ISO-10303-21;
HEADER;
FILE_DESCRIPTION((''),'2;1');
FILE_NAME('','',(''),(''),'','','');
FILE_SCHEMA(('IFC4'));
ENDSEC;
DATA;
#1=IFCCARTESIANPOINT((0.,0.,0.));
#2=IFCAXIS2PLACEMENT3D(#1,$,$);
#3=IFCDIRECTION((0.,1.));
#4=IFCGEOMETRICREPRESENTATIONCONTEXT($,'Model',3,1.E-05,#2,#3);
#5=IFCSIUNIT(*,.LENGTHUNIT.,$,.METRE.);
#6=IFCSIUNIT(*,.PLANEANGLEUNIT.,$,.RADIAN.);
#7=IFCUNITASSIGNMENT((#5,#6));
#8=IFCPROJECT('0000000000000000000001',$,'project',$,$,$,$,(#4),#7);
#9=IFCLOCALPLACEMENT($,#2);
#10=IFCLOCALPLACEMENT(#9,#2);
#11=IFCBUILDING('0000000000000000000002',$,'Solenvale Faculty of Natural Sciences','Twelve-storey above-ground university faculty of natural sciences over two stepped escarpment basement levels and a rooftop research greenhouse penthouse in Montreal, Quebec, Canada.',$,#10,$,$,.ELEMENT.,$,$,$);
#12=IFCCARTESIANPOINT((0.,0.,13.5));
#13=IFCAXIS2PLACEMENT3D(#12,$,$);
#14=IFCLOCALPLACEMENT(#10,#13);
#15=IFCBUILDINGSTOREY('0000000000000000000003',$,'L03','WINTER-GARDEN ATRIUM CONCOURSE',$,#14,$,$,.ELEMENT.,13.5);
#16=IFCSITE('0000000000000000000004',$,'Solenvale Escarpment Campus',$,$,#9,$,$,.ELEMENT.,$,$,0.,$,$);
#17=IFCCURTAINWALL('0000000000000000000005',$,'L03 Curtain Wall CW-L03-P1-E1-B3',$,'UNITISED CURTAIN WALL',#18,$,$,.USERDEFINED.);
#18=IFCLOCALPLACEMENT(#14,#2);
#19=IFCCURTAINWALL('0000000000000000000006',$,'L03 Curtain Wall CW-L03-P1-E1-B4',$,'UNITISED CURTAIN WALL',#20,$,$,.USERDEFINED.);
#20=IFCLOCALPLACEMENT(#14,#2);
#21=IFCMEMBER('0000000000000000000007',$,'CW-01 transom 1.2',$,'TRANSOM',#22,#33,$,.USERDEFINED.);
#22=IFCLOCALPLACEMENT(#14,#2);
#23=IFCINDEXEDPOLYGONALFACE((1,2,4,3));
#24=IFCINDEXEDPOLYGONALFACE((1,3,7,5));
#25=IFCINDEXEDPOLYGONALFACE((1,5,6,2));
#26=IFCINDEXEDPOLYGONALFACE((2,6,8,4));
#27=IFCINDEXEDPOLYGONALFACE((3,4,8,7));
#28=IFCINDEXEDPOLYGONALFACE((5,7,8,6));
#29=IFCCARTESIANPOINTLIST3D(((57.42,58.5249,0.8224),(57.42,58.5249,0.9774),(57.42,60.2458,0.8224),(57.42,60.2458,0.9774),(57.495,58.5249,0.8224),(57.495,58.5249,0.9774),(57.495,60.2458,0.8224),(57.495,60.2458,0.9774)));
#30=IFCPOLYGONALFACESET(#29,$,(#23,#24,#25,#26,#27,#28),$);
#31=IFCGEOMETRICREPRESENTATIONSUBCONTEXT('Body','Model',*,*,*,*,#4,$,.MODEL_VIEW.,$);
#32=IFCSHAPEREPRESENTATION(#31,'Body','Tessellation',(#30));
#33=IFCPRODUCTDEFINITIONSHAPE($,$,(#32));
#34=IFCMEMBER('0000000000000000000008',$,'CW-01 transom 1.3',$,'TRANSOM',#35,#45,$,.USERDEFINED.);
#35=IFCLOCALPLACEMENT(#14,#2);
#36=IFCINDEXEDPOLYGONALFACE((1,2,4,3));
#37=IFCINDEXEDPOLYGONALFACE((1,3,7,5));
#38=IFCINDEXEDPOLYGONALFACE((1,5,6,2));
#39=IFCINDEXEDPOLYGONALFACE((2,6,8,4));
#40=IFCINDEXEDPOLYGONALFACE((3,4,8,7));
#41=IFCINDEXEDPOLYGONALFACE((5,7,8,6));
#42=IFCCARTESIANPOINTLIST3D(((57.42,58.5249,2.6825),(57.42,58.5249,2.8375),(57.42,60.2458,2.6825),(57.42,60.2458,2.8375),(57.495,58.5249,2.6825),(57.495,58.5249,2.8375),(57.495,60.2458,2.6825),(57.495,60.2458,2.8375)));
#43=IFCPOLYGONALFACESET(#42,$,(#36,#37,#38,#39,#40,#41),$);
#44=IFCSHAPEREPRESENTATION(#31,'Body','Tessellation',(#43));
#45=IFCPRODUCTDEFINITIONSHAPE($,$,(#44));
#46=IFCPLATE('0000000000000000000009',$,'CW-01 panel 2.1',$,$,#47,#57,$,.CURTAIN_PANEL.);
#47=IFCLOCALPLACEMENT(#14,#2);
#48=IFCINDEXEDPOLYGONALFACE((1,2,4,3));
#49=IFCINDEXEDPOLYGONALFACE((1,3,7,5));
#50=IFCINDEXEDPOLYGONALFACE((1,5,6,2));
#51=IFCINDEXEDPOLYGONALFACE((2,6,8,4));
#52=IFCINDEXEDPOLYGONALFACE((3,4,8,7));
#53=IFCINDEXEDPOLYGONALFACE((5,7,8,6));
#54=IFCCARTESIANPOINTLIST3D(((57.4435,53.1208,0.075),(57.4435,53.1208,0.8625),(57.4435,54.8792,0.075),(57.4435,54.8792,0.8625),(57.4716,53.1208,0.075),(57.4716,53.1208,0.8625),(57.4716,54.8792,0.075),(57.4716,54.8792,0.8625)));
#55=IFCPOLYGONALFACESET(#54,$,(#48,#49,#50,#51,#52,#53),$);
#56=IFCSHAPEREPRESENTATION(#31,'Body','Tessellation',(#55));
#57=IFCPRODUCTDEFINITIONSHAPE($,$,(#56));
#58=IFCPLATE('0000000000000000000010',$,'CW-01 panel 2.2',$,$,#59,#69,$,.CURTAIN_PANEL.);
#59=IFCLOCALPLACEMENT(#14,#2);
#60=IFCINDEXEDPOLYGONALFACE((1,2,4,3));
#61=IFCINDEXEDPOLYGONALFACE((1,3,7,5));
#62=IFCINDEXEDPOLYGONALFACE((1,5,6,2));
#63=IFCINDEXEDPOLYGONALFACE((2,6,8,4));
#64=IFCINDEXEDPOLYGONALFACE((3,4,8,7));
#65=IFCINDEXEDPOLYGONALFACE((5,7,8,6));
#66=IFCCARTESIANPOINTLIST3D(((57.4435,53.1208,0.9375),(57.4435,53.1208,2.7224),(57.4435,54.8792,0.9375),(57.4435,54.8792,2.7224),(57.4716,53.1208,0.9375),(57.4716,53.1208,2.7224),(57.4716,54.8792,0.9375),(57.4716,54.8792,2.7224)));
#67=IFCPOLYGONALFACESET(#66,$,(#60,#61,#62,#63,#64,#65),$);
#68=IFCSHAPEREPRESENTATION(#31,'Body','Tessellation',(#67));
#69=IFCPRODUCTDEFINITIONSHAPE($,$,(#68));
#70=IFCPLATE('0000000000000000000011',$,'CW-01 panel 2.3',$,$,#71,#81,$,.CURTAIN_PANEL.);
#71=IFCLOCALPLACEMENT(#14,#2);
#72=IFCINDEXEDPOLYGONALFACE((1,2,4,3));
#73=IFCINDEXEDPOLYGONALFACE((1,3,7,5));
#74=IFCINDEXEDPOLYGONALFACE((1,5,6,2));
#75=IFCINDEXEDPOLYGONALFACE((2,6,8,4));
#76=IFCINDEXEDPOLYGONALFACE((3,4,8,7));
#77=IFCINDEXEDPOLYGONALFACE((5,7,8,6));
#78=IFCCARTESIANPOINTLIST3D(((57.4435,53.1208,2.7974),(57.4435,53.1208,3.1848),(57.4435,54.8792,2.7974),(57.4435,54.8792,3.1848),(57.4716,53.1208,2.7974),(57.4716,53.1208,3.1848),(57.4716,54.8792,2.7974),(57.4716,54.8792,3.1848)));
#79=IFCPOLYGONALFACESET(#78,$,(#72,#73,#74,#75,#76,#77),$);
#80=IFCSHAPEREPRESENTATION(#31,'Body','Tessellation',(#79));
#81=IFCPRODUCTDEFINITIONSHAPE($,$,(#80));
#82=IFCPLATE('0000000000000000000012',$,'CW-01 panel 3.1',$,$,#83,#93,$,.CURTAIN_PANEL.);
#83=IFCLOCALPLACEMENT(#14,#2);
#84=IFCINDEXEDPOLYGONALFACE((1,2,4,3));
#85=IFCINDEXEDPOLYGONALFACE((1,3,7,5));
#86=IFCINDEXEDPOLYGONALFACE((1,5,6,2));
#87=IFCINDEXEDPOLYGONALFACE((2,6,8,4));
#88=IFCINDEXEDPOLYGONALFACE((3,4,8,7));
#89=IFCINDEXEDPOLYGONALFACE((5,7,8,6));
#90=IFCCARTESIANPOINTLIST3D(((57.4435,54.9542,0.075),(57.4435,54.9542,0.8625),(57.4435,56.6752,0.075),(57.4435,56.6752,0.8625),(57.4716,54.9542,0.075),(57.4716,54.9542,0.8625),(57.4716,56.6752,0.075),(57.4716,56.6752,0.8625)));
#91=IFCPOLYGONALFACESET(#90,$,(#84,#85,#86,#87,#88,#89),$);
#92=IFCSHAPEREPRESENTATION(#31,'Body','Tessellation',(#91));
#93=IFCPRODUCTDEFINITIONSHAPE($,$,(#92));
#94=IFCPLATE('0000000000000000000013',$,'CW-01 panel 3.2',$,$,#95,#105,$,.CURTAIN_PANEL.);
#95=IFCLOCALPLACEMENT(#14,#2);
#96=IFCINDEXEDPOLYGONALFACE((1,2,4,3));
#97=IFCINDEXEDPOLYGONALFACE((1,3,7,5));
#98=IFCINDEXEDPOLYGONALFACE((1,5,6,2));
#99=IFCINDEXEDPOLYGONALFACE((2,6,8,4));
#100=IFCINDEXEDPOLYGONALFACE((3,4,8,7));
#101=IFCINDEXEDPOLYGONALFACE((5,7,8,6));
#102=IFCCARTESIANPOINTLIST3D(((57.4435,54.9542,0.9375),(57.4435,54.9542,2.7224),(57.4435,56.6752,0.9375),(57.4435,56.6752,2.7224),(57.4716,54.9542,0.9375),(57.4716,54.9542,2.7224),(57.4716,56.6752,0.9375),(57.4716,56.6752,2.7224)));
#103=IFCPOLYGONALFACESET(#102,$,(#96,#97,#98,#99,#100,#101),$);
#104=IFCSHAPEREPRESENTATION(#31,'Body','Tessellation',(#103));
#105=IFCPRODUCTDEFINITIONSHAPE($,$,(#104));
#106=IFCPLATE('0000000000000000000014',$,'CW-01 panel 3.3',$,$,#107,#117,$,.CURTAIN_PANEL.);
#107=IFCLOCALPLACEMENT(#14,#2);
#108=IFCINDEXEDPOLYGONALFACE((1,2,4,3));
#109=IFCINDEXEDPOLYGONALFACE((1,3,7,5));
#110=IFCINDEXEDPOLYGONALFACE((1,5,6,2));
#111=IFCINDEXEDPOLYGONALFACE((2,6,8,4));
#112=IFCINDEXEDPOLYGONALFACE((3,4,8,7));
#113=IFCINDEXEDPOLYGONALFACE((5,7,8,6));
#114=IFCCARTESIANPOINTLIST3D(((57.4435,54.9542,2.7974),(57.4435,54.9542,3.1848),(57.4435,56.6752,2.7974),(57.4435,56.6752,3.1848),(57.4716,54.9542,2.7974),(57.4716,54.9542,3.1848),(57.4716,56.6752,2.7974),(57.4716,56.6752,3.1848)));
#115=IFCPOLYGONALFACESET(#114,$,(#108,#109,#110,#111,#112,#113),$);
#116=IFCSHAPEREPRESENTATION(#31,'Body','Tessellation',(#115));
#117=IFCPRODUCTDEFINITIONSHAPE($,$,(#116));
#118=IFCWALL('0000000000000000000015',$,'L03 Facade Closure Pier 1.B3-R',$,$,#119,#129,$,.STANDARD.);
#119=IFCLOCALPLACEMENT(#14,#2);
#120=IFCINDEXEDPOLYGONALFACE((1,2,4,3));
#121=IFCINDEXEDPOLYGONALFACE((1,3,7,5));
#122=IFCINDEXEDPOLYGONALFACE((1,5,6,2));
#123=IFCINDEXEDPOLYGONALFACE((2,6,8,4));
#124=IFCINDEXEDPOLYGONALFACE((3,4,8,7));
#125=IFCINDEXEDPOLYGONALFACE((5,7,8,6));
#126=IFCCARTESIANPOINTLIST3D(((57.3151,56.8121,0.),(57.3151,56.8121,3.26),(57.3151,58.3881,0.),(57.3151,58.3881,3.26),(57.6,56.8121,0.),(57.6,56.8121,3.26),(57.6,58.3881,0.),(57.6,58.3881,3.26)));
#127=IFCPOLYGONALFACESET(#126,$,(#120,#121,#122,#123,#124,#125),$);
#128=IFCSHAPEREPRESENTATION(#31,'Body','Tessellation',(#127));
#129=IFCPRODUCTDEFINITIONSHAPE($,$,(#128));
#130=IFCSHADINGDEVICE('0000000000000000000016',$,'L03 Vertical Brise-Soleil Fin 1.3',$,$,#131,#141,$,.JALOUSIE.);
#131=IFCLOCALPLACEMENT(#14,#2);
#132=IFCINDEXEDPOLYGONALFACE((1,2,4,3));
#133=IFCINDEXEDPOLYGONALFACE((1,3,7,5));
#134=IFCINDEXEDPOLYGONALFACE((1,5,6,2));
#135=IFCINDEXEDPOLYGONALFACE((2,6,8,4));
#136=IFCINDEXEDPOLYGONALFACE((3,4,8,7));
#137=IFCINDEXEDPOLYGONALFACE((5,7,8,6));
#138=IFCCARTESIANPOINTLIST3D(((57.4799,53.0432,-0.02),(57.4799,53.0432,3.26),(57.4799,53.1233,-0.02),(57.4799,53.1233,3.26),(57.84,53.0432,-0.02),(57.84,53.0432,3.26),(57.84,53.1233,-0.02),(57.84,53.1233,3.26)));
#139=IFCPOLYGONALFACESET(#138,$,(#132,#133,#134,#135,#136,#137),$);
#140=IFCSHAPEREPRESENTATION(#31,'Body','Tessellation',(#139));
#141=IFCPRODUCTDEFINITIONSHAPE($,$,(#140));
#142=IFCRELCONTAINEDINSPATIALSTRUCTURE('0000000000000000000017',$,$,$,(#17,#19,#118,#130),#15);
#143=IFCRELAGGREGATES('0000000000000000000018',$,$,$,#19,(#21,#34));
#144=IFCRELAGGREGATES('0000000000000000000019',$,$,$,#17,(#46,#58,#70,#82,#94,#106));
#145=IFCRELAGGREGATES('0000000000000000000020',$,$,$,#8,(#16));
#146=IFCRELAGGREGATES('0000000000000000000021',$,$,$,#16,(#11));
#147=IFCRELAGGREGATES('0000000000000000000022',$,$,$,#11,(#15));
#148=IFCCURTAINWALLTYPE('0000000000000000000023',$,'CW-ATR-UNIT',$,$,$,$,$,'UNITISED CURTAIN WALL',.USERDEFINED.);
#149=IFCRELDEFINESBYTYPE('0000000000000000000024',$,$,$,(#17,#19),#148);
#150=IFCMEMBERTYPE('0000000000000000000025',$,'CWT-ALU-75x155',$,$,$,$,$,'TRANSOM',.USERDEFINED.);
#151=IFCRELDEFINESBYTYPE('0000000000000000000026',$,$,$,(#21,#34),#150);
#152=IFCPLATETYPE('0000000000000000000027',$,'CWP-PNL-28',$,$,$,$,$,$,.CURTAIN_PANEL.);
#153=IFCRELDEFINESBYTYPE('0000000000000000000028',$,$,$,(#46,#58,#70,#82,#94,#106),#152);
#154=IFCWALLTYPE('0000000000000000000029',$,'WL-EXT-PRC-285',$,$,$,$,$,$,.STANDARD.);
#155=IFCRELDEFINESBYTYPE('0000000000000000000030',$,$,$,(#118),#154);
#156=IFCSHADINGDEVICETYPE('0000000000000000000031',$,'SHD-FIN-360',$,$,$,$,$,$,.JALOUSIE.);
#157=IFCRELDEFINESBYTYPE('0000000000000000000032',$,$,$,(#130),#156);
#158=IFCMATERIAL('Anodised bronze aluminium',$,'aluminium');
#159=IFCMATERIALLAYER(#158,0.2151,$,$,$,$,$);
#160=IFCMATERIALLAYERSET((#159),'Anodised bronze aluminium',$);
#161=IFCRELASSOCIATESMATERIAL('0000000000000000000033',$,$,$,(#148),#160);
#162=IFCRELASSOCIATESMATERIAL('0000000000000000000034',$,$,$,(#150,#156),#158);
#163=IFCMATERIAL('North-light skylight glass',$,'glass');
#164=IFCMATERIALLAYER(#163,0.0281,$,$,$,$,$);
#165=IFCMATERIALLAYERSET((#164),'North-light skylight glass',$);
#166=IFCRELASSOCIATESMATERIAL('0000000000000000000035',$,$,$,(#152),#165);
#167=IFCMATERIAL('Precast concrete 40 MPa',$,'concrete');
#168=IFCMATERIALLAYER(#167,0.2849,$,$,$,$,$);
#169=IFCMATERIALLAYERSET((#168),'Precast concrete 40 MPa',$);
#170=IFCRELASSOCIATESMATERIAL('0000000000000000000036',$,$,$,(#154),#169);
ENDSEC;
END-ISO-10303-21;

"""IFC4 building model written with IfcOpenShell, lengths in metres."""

from ifc_helpers import new_model, si_unit, direction, frame, frame_2d, origin, origin_2d, place, context, subcontext, project, spatial, rectangle, extrude, material, layer, layer_set, material_profile, profile_set, type_object, element, aggregate, save


model = new_model("IFC4")

# Units and contexts
model_context = context("Model", 3, precision=1e-05, world=origin(), true_north=direction((0.0, 1.0)))
body_context = subcontext(model_context, "Body", "Model", "MODEL_VIEW")
ifc_project = project(units=[si_unit("LENGTHUNIT", "METRE"), si_unit("PLANEANGLEUNIT", "RADIAN")], contexts=[model_context])

# Site, building, storey
site_placement = place(None, origin())
site = spatial("IfcSite", under=ifc_project, at=site_placement, Name="Solenvale Escarpment Campus", CompositionType="ELEMENT", RefElevation=0.0)
building_placement = place(site_placement, origin())
building = spatial("IfcBuilding", under=site, at=building_placement, Name="Solenvale Faculty of Natural Sciences", Description="Twelve-storey above-ground university faculty of natural sciences over two stepped escarpment basement levels and a rooftop research greenhouse penthouse in Montreal, Quebec, Canada.", CompositionType="ELEMENT")
storey_placement = place(building_placement, frame((0.0, 0.0, 13.5)))
storey = spatial("IfcBuildingStorey", under=building, at=storey_placement, Name="L03", Description="WINTER-GARDEN ATRIUM CONCOURSE", CompositionType="ELEMENT", Elevation=13.5)

# Curtain wall
ifc_material_1 = material(Name="Anodised bronze aluminium", Category="aluminium")
ifc_layer_1 = layer(ifc_material_1, 0.2151)
ifc_layer_set_1 = layer_set([ifc_layer_1], Name="Anodised bronze aluminium")
curtain_wall_type = type_object("IfcCurtainWallType", Name="CW-ATR-UNIT", ElementType="UNITISED CURTAIN WALL", PredefinedType="USERDEFINED", material=ifc_layer_set_1)
curtain_wall_1_placement = place(storey_placement, origin())
curtain_wall_1 = element("IfcCurtainWall", 1, at=curtain_wall_1_placement, inside=storey, type_object=curtain_wall_type, Name="L03 Curtain Wall CW-L03-P1-E1-B3", ObjectType="UNITISED CURTAIN WALL", PredefinedType="USERDEFINED")

# Curtain wall
curtain_wall_2_placement = place(storey_placement, origin())
curtain_wall_2 = element("IfcCurtainWall", 2, at=curtain_wall_2_placement, inside=storey, type_object=curtain_wall_type, Name="L03 Curtain Wall CW-L03-P1-E1-B4", ObjectType="UNITISED CURTAIN WALL", PredefinedType="USERDEFINED")

# Members
ifc_material_profile_1 = material_profile(ifc_material_1, rectangle(XDim=0.075, YDim=0.155, at=origin_2d()), Name="ALU-TRN-75x155")
ifc_profile_set_1 = profile_set([ifc_material_profile_1], Name="Anodised bronze aluminium")
member_type_1 = type_object("IfcMemberType", Name="CWT-ALU-75x155", ElementType="TRANSOM", PredefinedType="USERDEFINED", material=ifc_profile_set_1)
member_1_placement = place(storey_placement, frame((57.4575, 58.5249, 0.8999), z_axis=(0.0, 1.0, 0.0), x_axis=(-1.0, 0.0, 0.0)))
member_1 = element("IfcMember", 3, at=member_1_placement, type_object=member_type_1, Name="CW-01 transom 1.2", ObjectType="TRANSOM", PredefinedType="USERDEFINED", context=body_context, shape_type="SweptSolid", body=[
    extrude(rectangle(XDim=0.075, YDim=0.155, at=origin_2d()), origin(), (0.0, 0.0, 1.0), 1.7209),
])
member_2_placement = place(storey_placement, frame((57.4575, 58.5249, 2.76), z_axis=(0.0, 1.0, 0.0), x_axis=(-1.0, 0.0, 0.0)))
member_2 = element("IfcMember", 4, at=member_2_placement, type_object=member_type_1, Name="CW-01 transom 1.3", ObjectType="TRANSOM", PredefinedType="USERDEFINED", context=body_context, shape_type="SweptSolid", body=[
    extrude(rectangle(XDim=0.075, YDim=0.155, at=origin_2d()), origin(), (0.0, 0.0, 1.0), 1.7209),
])
aggregate(curtain_wall_2, [member_1, member_2])

# Plates
ifc_material_2 = material(Name="North-light skylight glass", Category="glass")
ifc_layer_2 = layer(ifc_material_2, 0.0281)
ifc_layer_set_2 = layer_set([ifc_layer_2], Name="North-light skylight glass")
plate_type = type_object("IfcPlateType", Name="CWP-PNL-28", PredefinedType="CURTAIN_PANEL", material=ifc_layer_set_2)
plate_1_placement = place(storey_placement, frame((57.4575, 54.0, 0.075), z_axis=(0.0, 0.0, 1.0), x_axis=(0.0, 1.0, 0.0)))
plate_1 = element("IfcPlate", 5, at=plate_1_placement, type_object=plate_type, Name="CW-01 panel 2.1", PredefinedType="CURTAIN_PANEL", context=body_context, shape_type="SweptSolid", body=[
    extrude(rectangle(XDim=1.7583, YDim=0.0281, at=origin_2d()), origin(), (0.0, 0.0, 1.0), 0.7876),
])
plate_2_placement = place(storey_placement, frame((57.4575, 54.0, 0.9375), z_axis=(0.0, 0.0, 1.0), x_axis=(0.0, 1.0, 0.0)))
plate_2 = element("IfcPlate", 6, at=plate_2_placement, type_object=plate_type, Name="CW-01 panel 2.2", PredefinedType="CURTAIN_PANEL", context=body_context, shape_type="SweptSolid", body=[
    extrude(rectangle(XDim=1.7583, YDim=0.0281, at=origin_2d()), origin(), (0.0, 0.0, 1.0), 1.7849),
])
plate_3_placement = place(storey_placement, frame((57.4575, 54.0, 2.7974), z_axis=(0.0, 0.0, 1.0), x_axis=(0.0, 1.0, 0.0)))
plate_3 = element("IfcPlate", 7, at=plate_3_placement, type_object=plate_type, Name="CW-01 panel 2.3", PredefinedType="CURTAIN_PANEL", context=body_context, shape_type="SweptSolid", body=[
    extrude(rectangle(XDim=1.7583, YDim=0.0281, at=origin_2d()), origin(), (0.0, 0.0, 1.0), 0.3875),
])
plate_4_placement = place(storey_placement, frame((57.4575, 55.8147, 0.075), z_axis=(0.0, 0.0, 1.0), x_axis=(0.0, 1.0, 0.0)))
plate_4 = element("IfcPlate", 8, at=plate_4_placement, type_object=plate_type, Name="CW-01 panel 3.1", PredefinedType="CURTAIN_PANEL", context=body_context, shape_type="SweptSolid", body=[
    extrude(rectangle(XDim=1.7209, YDim=0.0281, at=origin_2d()), origin(), (0.0, 0.0, 1.0), 0.7876),
])
plate_5_placement = place(storey_placement, frame((57.4575, 55.8147, 0.9375), z_axis=(0.0, 0.0, 1.0), x_axis=(0.0, 1.0, 0.0)))
plate_5 = element("IfcPlate", 9, at=plate_5_placement, type_object=plate_type, Name="CW-01 panel 3.2", PredefinedType="CURTAIN_PANEL", context=body_context, shape_type="SweptSolid", body=[
    extrude(rectangle(XDim=1.7209, YDim=0.0281, at=origin_2d()), origin(), (0.0, 0.0, 1.0), 1.7849),
])
plate_6_placement = place(storey_placement, frame((57.4575, 55.8147, 2.7974), z_axis=(0.0, 0.0, 1.0), x_axis=(0.0, 1.0, 0.0)))
plate_6 = element("IfcPlate", 10, at=plate_6_placement, type_object=plate_type, Name="CW-01 panel 3.3", PredefinedType="CURTAIN_PANEL", context=body_context, shape_type="SweptSolid", body=[
    extrude(rectangle(XDim=1.7209, YDim=0.0281, at=origin_2d()), origin(), (0.0, 0.0, 1.0), 0.3875),
])
aggregate(curtain_wall_1, [plate_1, plate_2, plate_3, plate_4, plate_5, plate_6])

# Wall
ifc_material_3 = material(Name="Precast concrete 40 MPa", Category="concrete")
ifc_layer_3 = layer(ifc_material_3, 0.2849)
ifc_layer_set_3 = layer_set([ifc_layer_3], Name="Precast concrete 40 MPa")
wall_type = type_object("IfcWallType", Name="WL-EXT-PRC-285", PredefinedType="STANDARD", material=ifc_layer_set_3)
wall_placement = place(storey_placement, frame((57.4575, 56.812, 0.0), z_axis=(0.0, 0.0, 1.0), x_axis=(0.0, 1.0, 0.0)))
element("IfcWall", 11, at=wall_placement, inside=storey, type_object=wall_type, Name="L03 Facade Closure Pier 1.B3-R", PredefinedType="STANDARD", context=body_context, shape_type="SweptSolid", body=[
    extrude(rectangle(XDim=1.5759, YDim=0.2849, at=frame_2d((0.7881, 0.0))), origin(), (0.0, 0.0, 1.0), 3.26),
])

# Shading device
ifc_material_profile_2 = material_profile(ifc_material_1, rectangle(XDim=0.0801, YDim=0.3601, at=origin_2d()), Name="ALU-FIN-80x360")
ifc_profile_set_2 = profile_set([ifc_material_profile_2], Name="Anodised bronze aluminium")
shading_device_type = type_object("IfcShadingDeviceType", Name="SHD-FIN-360", PredefinedType="JALOUSIE", material=ifc_profile_set_2)
shading_device_placement = place(storey_placement, frame((57.6599, 53.0833, -0.02), z_axis=(0.0, 0.0, 1.0), x_axis=(0.0, 1.0, 0.0)))
element("IfcShadingDevice", 12, at=shading_device_placement, inside=storey, type_object=shading_device_type, Name="L03 Vertical Brise-Soleil Fin 1.3", PredefinedType="JALOUSIE", context=body_context, shape_type="SweptSolid", body=[
    extrude(rectangle(XDim=0.0801, YDim=0.3601, at=origin_2d()), origin(), (0.0, 0.0, 1.0), 3.28),
])

save(model, "model.ifc")
